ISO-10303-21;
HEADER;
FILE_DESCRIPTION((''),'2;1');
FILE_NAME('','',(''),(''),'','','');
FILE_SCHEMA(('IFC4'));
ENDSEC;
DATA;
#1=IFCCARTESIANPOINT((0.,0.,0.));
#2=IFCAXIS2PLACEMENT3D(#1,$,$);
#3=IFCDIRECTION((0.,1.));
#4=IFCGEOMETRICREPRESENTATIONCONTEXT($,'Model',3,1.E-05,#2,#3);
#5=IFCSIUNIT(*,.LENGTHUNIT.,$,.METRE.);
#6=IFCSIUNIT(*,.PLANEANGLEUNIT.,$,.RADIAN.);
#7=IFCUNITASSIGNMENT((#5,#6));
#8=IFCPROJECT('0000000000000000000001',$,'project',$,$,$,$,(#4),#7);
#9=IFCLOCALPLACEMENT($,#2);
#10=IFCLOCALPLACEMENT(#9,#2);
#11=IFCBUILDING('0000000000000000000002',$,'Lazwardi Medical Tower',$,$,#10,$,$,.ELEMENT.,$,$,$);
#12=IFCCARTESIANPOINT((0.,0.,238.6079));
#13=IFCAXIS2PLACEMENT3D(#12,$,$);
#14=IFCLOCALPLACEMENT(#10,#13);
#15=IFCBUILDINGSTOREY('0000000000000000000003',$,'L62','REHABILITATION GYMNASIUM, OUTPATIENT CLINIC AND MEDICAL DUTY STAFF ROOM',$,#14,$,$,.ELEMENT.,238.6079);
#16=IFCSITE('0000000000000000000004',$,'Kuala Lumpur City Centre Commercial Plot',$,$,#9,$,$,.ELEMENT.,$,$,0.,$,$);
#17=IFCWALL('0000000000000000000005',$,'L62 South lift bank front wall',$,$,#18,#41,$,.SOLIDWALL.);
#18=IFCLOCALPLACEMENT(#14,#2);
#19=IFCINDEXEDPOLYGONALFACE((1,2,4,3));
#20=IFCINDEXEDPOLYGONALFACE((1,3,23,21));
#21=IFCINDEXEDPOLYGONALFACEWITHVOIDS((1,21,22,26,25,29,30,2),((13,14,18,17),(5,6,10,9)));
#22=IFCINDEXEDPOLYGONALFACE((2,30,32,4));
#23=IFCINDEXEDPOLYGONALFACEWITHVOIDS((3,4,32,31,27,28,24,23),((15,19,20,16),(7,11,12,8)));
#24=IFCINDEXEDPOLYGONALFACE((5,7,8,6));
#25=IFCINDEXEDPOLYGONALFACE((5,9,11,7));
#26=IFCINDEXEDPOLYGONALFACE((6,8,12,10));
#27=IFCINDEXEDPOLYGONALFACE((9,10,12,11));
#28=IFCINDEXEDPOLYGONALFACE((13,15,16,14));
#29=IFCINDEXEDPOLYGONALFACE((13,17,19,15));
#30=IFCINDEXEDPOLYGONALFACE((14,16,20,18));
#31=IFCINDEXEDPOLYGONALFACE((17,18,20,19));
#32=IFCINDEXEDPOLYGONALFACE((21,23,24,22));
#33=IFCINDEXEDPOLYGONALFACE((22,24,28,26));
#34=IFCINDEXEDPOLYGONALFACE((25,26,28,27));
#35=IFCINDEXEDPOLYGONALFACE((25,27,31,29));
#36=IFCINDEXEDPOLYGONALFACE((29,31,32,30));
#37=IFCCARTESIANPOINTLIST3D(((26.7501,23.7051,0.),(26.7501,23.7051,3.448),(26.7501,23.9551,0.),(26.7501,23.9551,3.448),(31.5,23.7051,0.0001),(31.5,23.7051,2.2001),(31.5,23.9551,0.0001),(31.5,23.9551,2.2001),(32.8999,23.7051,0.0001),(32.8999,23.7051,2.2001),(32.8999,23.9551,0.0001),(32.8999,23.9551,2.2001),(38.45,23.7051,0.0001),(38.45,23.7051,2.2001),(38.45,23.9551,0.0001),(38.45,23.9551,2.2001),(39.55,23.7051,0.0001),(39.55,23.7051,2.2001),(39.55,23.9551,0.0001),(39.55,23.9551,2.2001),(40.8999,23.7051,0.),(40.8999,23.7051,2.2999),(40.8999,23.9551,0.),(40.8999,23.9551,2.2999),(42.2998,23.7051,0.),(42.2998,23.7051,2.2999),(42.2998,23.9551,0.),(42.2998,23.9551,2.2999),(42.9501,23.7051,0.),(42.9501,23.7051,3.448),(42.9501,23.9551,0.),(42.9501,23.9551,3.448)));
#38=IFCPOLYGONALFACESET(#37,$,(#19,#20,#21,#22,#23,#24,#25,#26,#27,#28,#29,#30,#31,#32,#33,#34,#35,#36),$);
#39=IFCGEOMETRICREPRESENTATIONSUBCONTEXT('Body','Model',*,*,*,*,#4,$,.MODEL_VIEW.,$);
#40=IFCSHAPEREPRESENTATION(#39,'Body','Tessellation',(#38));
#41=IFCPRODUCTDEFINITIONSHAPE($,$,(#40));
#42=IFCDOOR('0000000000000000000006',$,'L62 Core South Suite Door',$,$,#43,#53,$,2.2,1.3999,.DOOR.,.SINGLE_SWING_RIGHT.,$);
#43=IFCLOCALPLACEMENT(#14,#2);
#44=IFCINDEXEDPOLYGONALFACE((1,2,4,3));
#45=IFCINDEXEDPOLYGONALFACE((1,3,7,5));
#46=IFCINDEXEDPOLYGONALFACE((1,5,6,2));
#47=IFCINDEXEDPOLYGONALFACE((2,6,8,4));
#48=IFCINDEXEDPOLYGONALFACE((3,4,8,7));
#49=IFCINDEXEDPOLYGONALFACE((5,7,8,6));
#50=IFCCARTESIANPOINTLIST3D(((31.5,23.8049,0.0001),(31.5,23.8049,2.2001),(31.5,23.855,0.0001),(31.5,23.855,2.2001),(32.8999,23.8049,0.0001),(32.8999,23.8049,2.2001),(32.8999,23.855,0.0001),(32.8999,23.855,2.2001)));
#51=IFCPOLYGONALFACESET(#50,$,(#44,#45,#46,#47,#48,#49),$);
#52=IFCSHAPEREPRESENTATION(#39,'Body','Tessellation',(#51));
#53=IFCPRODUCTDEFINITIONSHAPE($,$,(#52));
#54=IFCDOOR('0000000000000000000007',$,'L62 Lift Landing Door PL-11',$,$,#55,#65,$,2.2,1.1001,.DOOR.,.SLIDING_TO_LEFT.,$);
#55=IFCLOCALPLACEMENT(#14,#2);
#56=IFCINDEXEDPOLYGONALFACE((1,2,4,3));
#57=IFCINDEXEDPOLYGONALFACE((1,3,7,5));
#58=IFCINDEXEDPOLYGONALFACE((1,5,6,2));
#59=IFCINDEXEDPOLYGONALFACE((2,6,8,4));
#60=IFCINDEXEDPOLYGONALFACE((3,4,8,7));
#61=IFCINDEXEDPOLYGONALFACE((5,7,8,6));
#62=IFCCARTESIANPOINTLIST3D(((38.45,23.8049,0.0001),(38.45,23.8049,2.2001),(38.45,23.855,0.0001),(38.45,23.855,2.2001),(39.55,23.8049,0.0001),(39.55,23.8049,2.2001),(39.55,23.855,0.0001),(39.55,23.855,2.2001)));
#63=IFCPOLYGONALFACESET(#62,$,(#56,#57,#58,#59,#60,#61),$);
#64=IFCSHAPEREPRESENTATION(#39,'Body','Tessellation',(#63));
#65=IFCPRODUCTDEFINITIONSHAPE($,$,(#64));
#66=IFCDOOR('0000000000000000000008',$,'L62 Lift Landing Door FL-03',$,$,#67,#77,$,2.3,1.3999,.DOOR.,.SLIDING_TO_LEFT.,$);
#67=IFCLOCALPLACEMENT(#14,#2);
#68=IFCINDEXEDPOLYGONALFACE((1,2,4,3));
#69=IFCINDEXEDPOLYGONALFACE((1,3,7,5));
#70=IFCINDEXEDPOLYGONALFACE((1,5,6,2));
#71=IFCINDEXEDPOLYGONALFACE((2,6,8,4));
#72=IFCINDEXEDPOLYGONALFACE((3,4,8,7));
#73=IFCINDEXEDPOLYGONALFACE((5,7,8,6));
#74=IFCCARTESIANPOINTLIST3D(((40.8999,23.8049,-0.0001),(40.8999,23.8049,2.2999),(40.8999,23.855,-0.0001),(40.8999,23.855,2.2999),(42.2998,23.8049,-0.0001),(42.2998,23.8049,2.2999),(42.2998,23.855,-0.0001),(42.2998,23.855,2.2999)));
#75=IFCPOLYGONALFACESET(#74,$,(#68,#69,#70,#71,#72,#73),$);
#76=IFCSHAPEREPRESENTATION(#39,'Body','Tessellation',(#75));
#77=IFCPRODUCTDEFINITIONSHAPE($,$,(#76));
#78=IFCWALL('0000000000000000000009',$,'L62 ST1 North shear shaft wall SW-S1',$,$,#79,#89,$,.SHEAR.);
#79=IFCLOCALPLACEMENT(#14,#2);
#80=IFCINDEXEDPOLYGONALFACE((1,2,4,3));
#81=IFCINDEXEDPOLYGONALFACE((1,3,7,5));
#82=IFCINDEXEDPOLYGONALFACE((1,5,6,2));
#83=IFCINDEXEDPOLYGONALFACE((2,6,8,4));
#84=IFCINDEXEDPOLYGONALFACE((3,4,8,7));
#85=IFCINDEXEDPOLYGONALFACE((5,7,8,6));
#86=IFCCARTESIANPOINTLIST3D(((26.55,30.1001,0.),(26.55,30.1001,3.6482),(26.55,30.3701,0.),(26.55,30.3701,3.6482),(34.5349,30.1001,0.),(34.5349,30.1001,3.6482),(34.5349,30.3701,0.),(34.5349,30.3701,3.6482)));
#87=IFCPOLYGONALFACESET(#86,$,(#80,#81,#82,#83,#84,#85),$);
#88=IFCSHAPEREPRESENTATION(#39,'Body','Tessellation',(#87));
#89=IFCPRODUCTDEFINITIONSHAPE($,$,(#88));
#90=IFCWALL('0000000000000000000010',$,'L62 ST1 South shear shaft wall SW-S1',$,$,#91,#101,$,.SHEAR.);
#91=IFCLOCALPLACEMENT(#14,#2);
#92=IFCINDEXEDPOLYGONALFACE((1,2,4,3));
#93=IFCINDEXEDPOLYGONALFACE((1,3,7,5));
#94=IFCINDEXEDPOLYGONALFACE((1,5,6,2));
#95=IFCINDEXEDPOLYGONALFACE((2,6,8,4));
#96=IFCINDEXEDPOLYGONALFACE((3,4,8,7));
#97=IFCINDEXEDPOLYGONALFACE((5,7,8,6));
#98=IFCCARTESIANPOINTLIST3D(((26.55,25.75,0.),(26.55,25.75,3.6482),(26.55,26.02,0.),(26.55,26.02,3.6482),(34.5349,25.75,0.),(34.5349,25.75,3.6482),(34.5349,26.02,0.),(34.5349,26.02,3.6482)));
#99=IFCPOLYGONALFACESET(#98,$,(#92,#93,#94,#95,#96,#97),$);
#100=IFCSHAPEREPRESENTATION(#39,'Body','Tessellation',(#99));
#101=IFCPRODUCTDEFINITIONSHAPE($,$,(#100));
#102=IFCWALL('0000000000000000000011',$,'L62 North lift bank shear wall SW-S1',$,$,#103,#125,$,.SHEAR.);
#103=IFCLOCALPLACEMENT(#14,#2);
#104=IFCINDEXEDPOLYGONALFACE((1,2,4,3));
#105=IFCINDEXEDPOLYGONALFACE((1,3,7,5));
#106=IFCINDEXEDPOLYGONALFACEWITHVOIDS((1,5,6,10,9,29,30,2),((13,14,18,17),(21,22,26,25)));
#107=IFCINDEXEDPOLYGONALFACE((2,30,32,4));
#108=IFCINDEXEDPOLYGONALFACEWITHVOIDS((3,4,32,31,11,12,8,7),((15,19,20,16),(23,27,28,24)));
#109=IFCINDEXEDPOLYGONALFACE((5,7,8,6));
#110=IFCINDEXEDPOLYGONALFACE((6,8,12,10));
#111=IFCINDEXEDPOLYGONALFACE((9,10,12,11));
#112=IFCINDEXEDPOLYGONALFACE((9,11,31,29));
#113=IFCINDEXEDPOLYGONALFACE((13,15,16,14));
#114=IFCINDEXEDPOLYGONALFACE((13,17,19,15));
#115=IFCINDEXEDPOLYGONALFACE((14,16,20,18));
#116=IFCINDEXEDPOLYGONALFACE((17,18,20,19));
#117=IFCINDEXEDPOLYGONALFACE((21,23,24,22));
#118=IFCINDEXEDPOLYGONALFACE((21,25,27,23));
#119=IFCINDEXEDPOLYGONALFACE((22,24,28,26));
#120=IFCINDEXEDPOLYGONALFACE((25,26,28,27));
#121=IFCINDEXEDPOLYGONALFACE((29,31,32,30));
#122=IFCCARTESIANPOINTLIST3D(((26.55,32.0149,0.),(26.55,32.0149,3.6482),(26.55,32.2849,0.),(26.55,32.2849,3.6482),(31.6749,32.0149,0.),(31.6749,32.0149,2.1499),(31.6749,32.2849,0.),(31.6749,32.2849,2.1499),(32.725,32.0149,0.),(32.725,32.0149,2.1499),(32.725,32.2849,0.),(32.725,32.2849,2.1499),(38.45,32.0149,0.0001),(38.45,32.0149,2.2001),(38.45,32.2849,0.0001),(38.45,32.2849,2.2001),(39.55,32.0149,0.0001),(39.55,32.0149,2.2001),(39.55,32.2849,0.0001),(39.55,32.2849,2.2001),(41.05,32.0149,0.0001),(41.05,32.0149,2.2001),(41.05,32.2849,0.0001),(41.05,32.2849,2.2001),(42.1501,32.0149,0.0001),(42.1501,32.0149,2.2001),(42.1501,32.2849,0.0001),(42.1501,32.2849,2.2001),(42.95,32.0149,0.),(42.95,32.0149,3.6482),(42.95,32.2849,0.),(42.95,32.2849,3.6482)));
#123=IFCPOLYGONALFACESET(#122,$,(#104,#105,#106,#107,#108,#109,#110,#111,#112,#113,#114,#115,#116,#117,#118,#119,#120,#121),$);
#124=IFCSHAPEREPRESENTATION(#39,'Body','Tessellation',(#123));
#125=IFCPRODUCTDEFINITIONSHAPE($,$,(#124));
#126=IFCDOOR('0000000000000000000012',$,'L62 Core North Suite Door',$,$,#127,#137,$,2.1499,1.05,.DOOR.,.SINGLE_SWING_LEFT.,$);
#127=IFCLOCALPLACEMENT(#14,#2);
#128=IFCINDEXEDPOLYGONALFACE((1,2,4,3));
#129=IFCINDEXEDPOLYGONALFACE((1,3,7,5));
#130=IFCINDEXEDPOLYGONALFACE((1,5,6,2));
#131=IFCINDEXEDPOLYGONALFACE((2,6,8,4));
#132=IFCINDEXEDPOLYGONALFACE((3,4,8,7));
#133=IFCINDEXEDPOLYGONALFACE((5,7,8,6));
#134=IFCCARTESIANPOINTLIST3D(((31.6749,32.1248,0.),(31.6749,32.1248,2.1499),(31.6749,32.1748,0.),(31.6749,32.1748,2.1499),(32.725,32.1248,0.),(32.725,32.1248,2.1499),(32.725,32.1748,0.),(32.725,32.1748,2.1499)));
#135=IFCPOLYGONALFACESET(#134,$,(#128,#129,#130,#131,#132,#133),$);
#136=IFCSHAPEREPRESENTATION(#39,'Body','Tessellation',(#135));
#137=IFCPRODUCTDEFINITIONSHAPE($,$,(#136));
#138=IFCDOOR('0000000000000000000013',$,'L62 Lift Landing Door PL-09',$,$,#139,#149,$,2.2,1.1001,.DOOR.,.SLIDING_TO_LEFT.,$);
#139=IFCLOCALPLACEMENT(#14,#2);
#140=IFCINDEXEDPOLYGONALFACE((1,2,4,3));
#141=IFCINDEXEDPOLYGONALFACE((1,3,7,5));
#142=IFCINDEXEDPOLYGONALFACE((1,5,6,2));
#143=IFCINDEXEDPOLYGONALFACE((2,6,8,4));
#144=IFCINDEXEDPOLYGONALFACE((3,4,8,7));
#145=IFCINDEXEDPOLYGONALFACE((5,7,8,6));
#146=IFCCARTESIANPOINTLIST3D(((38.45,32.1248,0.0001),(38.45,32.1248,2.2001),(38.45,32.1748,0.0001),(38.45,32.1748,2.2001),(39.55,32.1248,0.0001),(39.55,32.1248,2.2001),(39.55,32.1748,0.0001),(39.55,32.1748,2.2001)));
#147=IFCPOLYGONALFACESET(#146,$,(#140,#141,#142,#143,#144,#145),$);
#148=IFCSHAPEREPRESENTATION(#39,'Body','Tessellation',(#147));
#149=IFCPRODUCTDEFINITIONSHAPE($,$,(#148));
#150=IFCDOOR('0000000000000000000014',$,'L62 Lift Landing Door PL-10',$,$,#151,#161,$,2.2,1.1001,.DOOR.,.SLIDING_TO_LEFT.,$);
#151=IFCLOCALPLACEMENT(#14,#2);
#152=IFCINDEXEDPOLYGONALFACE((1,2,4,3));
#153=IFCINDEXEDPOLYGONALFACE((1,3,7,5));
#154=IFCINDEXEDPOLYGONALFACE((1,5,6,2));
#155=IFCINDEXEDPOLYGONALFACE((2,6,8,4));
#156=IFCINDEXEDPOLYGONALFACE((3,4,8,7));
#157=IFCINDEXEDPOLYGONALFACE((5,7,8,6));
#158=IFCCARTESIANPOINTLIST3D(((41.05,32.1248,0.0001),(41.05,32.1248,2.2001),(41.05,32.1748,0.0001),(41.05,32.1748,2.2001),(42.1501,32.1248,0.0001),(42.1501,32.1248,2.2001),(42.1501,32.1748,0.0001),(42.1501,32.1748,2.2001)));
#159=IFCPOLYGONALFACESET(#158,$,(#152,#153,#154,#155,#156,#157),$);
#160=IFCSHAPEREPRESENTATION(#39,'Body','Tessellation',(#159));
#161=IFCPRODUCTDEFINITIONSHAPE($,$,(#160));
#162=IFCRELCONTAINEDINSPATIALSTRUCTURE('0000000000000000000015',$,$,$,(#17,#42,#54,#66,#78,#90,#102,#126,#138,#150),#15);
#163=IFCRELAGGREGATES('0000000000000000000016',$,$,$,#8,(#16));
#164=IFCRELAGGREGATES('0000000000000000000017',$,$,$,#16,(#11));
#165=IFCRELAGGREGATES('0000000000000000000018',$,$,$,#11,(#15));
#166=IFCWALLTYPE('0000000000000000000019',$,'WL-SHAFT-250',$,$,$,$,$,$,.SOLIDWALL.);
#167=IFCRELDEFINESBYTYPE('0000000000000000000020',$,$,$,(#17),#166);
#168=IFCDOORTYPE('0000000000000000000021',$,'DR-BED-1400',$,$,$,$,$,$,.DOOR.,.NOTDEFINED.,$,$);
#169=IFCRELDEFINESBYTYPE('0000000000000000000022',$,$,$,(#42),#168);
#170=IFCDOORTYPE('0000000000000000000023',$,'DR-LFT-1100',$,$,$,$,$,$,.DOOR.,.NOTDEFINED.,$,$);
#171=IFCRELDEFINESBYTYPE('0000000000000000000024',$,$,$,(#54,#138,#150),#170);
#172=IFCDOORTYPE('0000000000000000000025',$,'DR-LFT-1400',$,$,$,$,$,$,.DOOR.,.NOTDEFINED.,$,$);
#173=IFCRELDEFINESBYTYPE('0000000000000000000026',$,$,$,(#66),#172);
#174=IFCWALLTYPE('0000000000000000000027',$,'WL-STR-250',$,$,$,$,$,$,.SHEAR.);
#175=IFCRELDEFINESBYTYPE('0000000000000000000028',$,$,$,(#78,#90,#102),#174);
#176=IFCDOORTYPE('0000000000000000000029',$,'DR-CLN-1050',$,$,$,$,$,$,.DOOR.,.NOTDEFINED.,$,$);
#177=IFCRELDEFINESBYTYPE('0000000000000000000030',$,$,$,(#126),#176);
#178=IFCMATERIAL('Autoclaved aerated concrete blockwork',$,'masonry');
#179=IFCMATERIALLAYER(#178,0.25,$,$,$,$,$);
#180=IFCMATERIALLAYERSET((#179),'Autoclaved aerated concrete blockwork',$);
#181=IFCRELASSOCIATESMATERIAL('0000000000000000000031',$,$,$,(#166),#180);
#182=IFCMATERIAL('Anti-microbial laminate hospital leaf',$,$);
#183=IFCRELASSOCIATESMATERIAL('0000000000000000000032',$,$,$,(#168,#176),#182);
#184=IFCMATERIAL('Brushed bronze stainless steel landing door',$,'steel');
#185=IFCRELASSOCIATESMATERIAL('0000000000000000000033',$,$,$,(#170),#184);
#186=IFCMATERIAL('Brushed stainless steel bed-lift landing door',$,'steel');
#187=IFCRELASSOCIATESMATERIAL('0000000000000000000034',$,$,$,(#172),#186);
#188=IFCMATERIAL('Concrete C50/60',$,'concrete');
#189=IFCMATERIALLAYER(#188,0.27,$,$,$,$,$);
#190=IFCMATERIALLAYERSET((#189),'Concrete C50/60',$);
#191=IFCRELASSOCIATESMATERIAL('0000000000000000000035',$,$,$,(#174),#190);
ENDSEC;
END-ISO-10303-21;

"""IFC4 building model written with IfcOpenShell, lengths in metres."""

from ifc_helpers import new_model, si_unit, direction, frame, frame_2d, origin, place, context, subcontext, project, spatial, rectangle, extrude, material, layer, layer_set, type_object, element, fill, save


model = new_model("IFC4")

# Units and contexts
model_context = context("Model", 3, precision=1e-05, world=origin(), true_north=direction((0.0, 1.0)))
body_context = subcontext(model_context, "Body", "Model", "MODEL_VIEW")
ifc_project = project(units=[si_unit("LENGTHUNIT", "METRE"), si_unit("PLANEANGLEUNIT", "RADIAN")], contexts=[model_context])

# Site, building, storey
site_placement = place(None, origin())
site = spatial("IfcSite", under=ifc_project, at=site_placement, Name="Kuala Lumpur City Centre Commercial Plot", CompositionType="ELEMENT", RefElevation=0.0)
building_placement = place(site_placement, origin())
building = spatial("IfcBuilding", under=site, at=building_placement, Name="Lazwardi Medical Tower", CompositionType="ELEMENT")
storey_placement = place(building_placement, frame((0.0, 0.0, 238.6079)))
storey = spatial("IfcBuildingStorey", under=building, at=storey_placement, Name="L62", Description="REHABILITATION GYMNASIUM, OUTPATIENT CLINIC AND MEDICAL DUTY STAFF ROOM", CompositionType="ELEMENT", Elevation=238.6079)

# Wall, openings, doors
ifc_material_1 = material(Name="Autoclaved aerated concrete blockwork", Category="masonry")
ifc_layer_1 = layer(ifc_material_1, 0.25)
ifc_layer_set_1 = layer_set([ifc_layer_1], Name="Autoclaved aerated concrete blockwork")
wall_type_1 = type_object("IfcWallType", Name="WL-SHAFT-250", PredefinedType="SOLIDWALL", material=ifc_layer_set_1)
wall_1_placement = place(storey_placement, frame((26.75, 23.8301, 0.0), z_axis=(0.0, 0.0, 1.0), x_axis=(1.0, 0.0, 0.0)))
wall_1 = element("IfcWall", 1, at=wall_1_placement, inside=storey, type_object=wall_type_1, Name="L62 South lift bank front wall", PredefinedType="SOLIDWALL", context=body_context, shape_type="SweptSolid", body=[
    extrude(rectangle(XDim=16.2, YDim=0.25, at=frame_2d((8.1001, 0.0))), origin(), (0.0, 0.0, 1.0), 3.448),
])
opening_1_placement = place(wall_1_placement, frame((4.75, 0.0, 0.0)))
opening_1 = element("IfcOpeningElement", 2, at=opening_1_placement, cuts=wall_1, PredefinedType="OPENING", context=body_context, shape_type="SweptSolid", body=[
    extrude(rectangle(XDim=1.3999, YDim=2.2, at=frame_2d((0.7, 1.1001))), frame((0.0, 0.135, 0.0), z_axis=(0.0, -1.0, 0.0), x_axis=(1.0, 0.0, 0.0)), (0.0, 0.0, 1.0), 0.27),
])
opening_2_placement = place(wall_1_placement, frame((11.7, 0.0, 0.0)))
opening_2 = element("IfcOpeningElement", 3, at=opening_2_placement, cuts=wall_1, PredefinedType="OPENING", context=body_context, shape_type="SweptSolid", body=[
    extrude(rectangle(XDim=1.1001, YDim=2.2, at=frame_2d((0.55, 1.1001))), frame((0.0, 0.135, 0.0), z_axis=(0.0, -1.0, 0.0), x_axis=(1.0, 0.0, 0.0)), (0.0, 0.0, 1.0), 0.27),
])
opening_3_placement = place(wall_1_placement, frame((14.1499, 0.0, 0.0)))
opening_3 = element("IfcOpeningElement", 4, at=opening_3_placement, cuts=wall_1, PredefinedType="OPENING", context=body_context, shape_type="SweptSolid", body=[
    extrude(rectangle(XDim=1.3999, YDim=2.3, at=frame_2d((0.7, 1.1499))), frame((0.0, 0.135, 0.0), z_axis=(0.0, -1.0, 0.0), x_axis=(1.0, 0.0, 0.0)), (0.0, 0.0, 1.0), 0.27),
])
ifc_material_2 = material(Name="Anti-microbial laminate hospital leaf")
door_type_1 = type_object("IfcDoorType", Name="DR-BED-1400", OperationType="NOTDEFINED", PredefinedType="DOOR", material=ifc_material_2)
door_1_placement = place(opening_1_placement, origin())
door_1 = element("IfcDoor", 5, at=door_1_placement, inside=storey, type_object=door_type_1, Name="L62 Core South Suite Door", OperationType="SINGLE_SWING_RIGHT", OverallHeight=2.2, OverallWidth=1.3999, PredefinedType="DOOR", context=body_context, shape_type="SweptSolid", body=[
    extrude(rectangle(XDim=1.3999, YDim=2.2, at=frame_2d((0.7, 1.1001))), frame((0.0, 0.0249, 0.0), z_axis=(0.0, -1.0, 0.0), x_axis=(1.0, 0.0, 0.0)), (0.0, 0.0, 1.0), 0.05),
])
fill(opening_1, door_1)
ifc_material_3 = material(Name="Brushed bronze stainless steel landing door", Category="steel")
door_type_2 = type_object("IfcDoorType", Name="DR-LFT-1100", OperationType="NOTDEFINED", PredefinedType="DOOR", material=ifc_material_3)
door_2_placement = place(opening_2_placement, origin())
door_2 = element("IfcDoor", 6, at=door_2_placement, inside=storey, type_object=door_type_2, Name="L62 Lift Landing Door PL-11", OperationType="SLIDING_TO_LEFT", OverallHeight=2.2, OverallWidth=1.1001, PredefinedType="DOOR", context=body_context, shape_type="SweptSolid", body=[
    extrude(rectangle(XDim=1.1001, YDim=2.2, at=frame_2d((0.55, 1.1001))), frame((0.0, 0.0249, 0.0), z_axis=(0.0, -1.0, 0.0), x_axis=(1.0, 0.0, 0.0)), (0.0, 0.0, 1.0), 0.05),
])
fill(opening_2, door_2)
ifc_material_4 = material(Name="Brushed stainless steel bed-lift landing door", Category="steel")
door_type_3 = type_object("IfcDoorType", Name="DR-LFT-1400", OperationType="NOTDEFINED", PredefinedType="DOOR", material=ifc_material_4)
door_3_placement = place(opening_3_placement, origin())
door_3 = element("IfcDoor", 7, at=door_3_placement, inside=storey, type_object=door_type_3, Name="L62 Lift Landing Door FL-03", OperationType="SLIDING_TO_LEFT", OverallHeight=2.3, OverallWidth=1.3999, PredefinedType="DOOR", context=body_context, shape_type="SweptSolid", body=[
    extrude(rectangle(XDim=1.3999, YDim=2.3, at=frame_2d((0.7, 1.1499))), frame((0.0, 0.0249, 0.0), z_axis=(0.0, -1.0, 0.0), x_axis=(1.0, 0.0, 0.0)), (0.0, 0.0, 1.0), 0.05),
])
fill(opening_3, door_3)

# Walls
ifc_material_5 = material(Name="Concrete C50/60", Category="concrete")
ifc_layer_2 = layer(ifc_material_5, 0.27)
ifc_layer_set_2 = layer_set([ifc_layer_2], Name="Concrete C50/60")
wall_type_2 = type_object("IfcWallType", Name="WL-STR-250", PredefinedType="SHEAR", material=ifc_layer_set_2)
for number, where, z_axis, x_axis, name in (
    (8, (26.55, 30.2351, 0.0), (0.0, 0.0, 1.0), (1.0, 0.0, 0.0), "L62 ST1 North shear shaft wall SW-S1"),
    (9, (26.55, 25.885, 0.0), (0.0, 0.0, 1.0), (1.0, 0.0, 0.0), "L62 ST1 South shear shaft wall SW-S1"),
):
    element("IfcWall", number, at=place(storey_placement, frame(where, z_axis=z_axis, x_axis=x_axis)), inside=storey, type_object=wall_type_2, Name=name, PredefinedType="SHEAR", context=body_context, shape_type="SweptSolid", body=[
        extrude(rectangle(XDim=7.9849, YDim=0.27, at=frame_2d((3.9924, 0.0))), origin(), (0.0, 0.0, 1.0), 3.6482),
    ])

# Wall, openings, doors
wall_2_placement = place(storey_placement, frame((26.55, 32.1499, 0.0), z_axis=(0.0, 0.0, 1.0), x_axis=(1.0, 0.0, 0.0)))
wall_2 = element("IfcWall", 10, at=wall_2_placement, inside=storey, type_object=wall_type_2, Name="L62 North lift bank shear wall SW-S1", PredefinedType="SHEAR", context=body_context, shape_type="SweptSolid", body=[
    extrude(rectangle(XDim=16.3999, YDim=0.27, at=frame_2d((8.2, 0.0))), origin(), (0.0, 0.0, 1.0), 3.6482),
])
opening_4_placement = place(wall_2_placement, frame((5.125, 0.0, 0.0)))
opening_4 = element("IfcOpeningElement", 11, at=opening_4_placement, cuts=wall_2, PredefinedType="OPENING", context=body_context, shape_type="SweptSolid", body=[
    extrude(rectangle(XDim=1.05, YDim=2.1499, at=frame_2d((0.5249, 1.075))), frame((0.0, 0.145, 0.0), z_axis=(0.0, -1.0, 0.0), x_axis=(1.0, 0.0, 0.0)), (0.0, 0.0, 1.0), 0.29),
])
opening_5_placement = place(wall_2_placement, frame((11.8999, 0.0, 0.0)))
opening_5 = element("IfcOpeningElement", 12, at=opening_5_placement, cuts=wall_2, PredefinedType="OPENING", context=body_context, shape_type="SweptSolid", body=[
    extrude(rectangle(XDim=1.1001, YDim=2.2, at=frame_2d((0.55, 1.1001))), frame((0.0, 0.145, 0.0), z_axis=(0.0, -1.0, 0.0), x_axis=(1.0, 0.0, 0.0)), (0.0, 0.0, 1.0), 0.29),
])
opening_6_placement = place(wall_2_placement, frame((14.5, 0.0, 0.0)))
opening_6 = element("IfcOpeningElement", 13, at=opening_6_placement, cuts=wall_2, PredefinedType="OPENING", context=body_context, shape_type="SweptSolid", body=[
    extrude(rectangle(XDim=1.1001, YDim=2.2, at=frame_2d((0.55, 1.1001))), frame((0.0, 0.145, 0.0), z_axis=(0.0, -1.0, 0.0), x_axis=(1.0, 0.0, 0.0)), (0.0, 0.0, 1.0), 0.29),
])
door_type_4 = type_object("IfcDoorType", Name="DR-CLN-1050", OperationType="NOTDEFINED", PredefinedType="DOOR", material=ifc_material_2)
door_4_placement = place(opening_4_placement, origin())
door_4 = element("IfcDoor", 14, at=door_4_placement, inside=storey, type_object=door_type_4, Name="L62 Core North Suite Door", OperationType="SINGLE_SWING_LEFT", OverallHeight=2.1499, OverallWidth=1.05, PredefinedType="DOOR", context=body_context, shape_type="SweptSolid", body=[
    extrude(rectangle(XDim=1.05, YDim=2.1499, at=frame_2d((0.5249, 1.075))), frame((0.0, 0.0249, 0.0), z_axis=(0.0, -1.0, 0.0), x_axis=(1.0, 0.0, 0.0)), (0.0, 0.0, 1.0), 0.05),
])
fill(opening_4, door_4)
door_5_placement = place(opening_5_placement, origin())
door_5 = element("IfcDoor", 15, at=door_5_placement, inside=storey, type_object=door_type_2, Name="L62 Lift Landing Door PL-09", OperationType="SLIDING_TO_LEFT", OverallHeight=2.2, OverallWidth=1.1001, PredefinedType="DOOR", context=body_context, shape_type="SweptSolid", body=[
    extrude(rectangle(XDim=1.1001, YDim=2.2, at=frame_2d((0.55, 1.1001))), frame((0.0, 0.0249, 0.0), z_axis=(0.0, -1.0, 0.0), x_axis=(1.0, 0.0, 0.0)), (0.0, 0.0, 1.0), 0.05),
])
fill(opening_5, door_5)
door_6_placement = place(opening_6_placement, origin())
door_6 = element("IfcDoor", 16, at=door_6_placement, inside=storey, type_object=door_type_2, Name="L62 Lift Landing Door PL-10", OperationType="SLIDING_TO_LEFT", OverallHeight=2.2, OverallWidth=1.1001, PredefinedType="DOOR", context=body_context, shape_type="SweptSolid", body=[
    extrude(rectangle(XDim=1.1001, YDim=2.2, at=frame_2d((0.55, 1.1001))), frame((0.0, 0.0249, 0.0), z_axis=(0.0, -1.0, 0.0), x_axis=(1.0, 0.0, 0.0)), (0.0, 0.0, 1.0), 0.05),
])
fill(opening_6, door_6)

save(model, "model.ifc")
